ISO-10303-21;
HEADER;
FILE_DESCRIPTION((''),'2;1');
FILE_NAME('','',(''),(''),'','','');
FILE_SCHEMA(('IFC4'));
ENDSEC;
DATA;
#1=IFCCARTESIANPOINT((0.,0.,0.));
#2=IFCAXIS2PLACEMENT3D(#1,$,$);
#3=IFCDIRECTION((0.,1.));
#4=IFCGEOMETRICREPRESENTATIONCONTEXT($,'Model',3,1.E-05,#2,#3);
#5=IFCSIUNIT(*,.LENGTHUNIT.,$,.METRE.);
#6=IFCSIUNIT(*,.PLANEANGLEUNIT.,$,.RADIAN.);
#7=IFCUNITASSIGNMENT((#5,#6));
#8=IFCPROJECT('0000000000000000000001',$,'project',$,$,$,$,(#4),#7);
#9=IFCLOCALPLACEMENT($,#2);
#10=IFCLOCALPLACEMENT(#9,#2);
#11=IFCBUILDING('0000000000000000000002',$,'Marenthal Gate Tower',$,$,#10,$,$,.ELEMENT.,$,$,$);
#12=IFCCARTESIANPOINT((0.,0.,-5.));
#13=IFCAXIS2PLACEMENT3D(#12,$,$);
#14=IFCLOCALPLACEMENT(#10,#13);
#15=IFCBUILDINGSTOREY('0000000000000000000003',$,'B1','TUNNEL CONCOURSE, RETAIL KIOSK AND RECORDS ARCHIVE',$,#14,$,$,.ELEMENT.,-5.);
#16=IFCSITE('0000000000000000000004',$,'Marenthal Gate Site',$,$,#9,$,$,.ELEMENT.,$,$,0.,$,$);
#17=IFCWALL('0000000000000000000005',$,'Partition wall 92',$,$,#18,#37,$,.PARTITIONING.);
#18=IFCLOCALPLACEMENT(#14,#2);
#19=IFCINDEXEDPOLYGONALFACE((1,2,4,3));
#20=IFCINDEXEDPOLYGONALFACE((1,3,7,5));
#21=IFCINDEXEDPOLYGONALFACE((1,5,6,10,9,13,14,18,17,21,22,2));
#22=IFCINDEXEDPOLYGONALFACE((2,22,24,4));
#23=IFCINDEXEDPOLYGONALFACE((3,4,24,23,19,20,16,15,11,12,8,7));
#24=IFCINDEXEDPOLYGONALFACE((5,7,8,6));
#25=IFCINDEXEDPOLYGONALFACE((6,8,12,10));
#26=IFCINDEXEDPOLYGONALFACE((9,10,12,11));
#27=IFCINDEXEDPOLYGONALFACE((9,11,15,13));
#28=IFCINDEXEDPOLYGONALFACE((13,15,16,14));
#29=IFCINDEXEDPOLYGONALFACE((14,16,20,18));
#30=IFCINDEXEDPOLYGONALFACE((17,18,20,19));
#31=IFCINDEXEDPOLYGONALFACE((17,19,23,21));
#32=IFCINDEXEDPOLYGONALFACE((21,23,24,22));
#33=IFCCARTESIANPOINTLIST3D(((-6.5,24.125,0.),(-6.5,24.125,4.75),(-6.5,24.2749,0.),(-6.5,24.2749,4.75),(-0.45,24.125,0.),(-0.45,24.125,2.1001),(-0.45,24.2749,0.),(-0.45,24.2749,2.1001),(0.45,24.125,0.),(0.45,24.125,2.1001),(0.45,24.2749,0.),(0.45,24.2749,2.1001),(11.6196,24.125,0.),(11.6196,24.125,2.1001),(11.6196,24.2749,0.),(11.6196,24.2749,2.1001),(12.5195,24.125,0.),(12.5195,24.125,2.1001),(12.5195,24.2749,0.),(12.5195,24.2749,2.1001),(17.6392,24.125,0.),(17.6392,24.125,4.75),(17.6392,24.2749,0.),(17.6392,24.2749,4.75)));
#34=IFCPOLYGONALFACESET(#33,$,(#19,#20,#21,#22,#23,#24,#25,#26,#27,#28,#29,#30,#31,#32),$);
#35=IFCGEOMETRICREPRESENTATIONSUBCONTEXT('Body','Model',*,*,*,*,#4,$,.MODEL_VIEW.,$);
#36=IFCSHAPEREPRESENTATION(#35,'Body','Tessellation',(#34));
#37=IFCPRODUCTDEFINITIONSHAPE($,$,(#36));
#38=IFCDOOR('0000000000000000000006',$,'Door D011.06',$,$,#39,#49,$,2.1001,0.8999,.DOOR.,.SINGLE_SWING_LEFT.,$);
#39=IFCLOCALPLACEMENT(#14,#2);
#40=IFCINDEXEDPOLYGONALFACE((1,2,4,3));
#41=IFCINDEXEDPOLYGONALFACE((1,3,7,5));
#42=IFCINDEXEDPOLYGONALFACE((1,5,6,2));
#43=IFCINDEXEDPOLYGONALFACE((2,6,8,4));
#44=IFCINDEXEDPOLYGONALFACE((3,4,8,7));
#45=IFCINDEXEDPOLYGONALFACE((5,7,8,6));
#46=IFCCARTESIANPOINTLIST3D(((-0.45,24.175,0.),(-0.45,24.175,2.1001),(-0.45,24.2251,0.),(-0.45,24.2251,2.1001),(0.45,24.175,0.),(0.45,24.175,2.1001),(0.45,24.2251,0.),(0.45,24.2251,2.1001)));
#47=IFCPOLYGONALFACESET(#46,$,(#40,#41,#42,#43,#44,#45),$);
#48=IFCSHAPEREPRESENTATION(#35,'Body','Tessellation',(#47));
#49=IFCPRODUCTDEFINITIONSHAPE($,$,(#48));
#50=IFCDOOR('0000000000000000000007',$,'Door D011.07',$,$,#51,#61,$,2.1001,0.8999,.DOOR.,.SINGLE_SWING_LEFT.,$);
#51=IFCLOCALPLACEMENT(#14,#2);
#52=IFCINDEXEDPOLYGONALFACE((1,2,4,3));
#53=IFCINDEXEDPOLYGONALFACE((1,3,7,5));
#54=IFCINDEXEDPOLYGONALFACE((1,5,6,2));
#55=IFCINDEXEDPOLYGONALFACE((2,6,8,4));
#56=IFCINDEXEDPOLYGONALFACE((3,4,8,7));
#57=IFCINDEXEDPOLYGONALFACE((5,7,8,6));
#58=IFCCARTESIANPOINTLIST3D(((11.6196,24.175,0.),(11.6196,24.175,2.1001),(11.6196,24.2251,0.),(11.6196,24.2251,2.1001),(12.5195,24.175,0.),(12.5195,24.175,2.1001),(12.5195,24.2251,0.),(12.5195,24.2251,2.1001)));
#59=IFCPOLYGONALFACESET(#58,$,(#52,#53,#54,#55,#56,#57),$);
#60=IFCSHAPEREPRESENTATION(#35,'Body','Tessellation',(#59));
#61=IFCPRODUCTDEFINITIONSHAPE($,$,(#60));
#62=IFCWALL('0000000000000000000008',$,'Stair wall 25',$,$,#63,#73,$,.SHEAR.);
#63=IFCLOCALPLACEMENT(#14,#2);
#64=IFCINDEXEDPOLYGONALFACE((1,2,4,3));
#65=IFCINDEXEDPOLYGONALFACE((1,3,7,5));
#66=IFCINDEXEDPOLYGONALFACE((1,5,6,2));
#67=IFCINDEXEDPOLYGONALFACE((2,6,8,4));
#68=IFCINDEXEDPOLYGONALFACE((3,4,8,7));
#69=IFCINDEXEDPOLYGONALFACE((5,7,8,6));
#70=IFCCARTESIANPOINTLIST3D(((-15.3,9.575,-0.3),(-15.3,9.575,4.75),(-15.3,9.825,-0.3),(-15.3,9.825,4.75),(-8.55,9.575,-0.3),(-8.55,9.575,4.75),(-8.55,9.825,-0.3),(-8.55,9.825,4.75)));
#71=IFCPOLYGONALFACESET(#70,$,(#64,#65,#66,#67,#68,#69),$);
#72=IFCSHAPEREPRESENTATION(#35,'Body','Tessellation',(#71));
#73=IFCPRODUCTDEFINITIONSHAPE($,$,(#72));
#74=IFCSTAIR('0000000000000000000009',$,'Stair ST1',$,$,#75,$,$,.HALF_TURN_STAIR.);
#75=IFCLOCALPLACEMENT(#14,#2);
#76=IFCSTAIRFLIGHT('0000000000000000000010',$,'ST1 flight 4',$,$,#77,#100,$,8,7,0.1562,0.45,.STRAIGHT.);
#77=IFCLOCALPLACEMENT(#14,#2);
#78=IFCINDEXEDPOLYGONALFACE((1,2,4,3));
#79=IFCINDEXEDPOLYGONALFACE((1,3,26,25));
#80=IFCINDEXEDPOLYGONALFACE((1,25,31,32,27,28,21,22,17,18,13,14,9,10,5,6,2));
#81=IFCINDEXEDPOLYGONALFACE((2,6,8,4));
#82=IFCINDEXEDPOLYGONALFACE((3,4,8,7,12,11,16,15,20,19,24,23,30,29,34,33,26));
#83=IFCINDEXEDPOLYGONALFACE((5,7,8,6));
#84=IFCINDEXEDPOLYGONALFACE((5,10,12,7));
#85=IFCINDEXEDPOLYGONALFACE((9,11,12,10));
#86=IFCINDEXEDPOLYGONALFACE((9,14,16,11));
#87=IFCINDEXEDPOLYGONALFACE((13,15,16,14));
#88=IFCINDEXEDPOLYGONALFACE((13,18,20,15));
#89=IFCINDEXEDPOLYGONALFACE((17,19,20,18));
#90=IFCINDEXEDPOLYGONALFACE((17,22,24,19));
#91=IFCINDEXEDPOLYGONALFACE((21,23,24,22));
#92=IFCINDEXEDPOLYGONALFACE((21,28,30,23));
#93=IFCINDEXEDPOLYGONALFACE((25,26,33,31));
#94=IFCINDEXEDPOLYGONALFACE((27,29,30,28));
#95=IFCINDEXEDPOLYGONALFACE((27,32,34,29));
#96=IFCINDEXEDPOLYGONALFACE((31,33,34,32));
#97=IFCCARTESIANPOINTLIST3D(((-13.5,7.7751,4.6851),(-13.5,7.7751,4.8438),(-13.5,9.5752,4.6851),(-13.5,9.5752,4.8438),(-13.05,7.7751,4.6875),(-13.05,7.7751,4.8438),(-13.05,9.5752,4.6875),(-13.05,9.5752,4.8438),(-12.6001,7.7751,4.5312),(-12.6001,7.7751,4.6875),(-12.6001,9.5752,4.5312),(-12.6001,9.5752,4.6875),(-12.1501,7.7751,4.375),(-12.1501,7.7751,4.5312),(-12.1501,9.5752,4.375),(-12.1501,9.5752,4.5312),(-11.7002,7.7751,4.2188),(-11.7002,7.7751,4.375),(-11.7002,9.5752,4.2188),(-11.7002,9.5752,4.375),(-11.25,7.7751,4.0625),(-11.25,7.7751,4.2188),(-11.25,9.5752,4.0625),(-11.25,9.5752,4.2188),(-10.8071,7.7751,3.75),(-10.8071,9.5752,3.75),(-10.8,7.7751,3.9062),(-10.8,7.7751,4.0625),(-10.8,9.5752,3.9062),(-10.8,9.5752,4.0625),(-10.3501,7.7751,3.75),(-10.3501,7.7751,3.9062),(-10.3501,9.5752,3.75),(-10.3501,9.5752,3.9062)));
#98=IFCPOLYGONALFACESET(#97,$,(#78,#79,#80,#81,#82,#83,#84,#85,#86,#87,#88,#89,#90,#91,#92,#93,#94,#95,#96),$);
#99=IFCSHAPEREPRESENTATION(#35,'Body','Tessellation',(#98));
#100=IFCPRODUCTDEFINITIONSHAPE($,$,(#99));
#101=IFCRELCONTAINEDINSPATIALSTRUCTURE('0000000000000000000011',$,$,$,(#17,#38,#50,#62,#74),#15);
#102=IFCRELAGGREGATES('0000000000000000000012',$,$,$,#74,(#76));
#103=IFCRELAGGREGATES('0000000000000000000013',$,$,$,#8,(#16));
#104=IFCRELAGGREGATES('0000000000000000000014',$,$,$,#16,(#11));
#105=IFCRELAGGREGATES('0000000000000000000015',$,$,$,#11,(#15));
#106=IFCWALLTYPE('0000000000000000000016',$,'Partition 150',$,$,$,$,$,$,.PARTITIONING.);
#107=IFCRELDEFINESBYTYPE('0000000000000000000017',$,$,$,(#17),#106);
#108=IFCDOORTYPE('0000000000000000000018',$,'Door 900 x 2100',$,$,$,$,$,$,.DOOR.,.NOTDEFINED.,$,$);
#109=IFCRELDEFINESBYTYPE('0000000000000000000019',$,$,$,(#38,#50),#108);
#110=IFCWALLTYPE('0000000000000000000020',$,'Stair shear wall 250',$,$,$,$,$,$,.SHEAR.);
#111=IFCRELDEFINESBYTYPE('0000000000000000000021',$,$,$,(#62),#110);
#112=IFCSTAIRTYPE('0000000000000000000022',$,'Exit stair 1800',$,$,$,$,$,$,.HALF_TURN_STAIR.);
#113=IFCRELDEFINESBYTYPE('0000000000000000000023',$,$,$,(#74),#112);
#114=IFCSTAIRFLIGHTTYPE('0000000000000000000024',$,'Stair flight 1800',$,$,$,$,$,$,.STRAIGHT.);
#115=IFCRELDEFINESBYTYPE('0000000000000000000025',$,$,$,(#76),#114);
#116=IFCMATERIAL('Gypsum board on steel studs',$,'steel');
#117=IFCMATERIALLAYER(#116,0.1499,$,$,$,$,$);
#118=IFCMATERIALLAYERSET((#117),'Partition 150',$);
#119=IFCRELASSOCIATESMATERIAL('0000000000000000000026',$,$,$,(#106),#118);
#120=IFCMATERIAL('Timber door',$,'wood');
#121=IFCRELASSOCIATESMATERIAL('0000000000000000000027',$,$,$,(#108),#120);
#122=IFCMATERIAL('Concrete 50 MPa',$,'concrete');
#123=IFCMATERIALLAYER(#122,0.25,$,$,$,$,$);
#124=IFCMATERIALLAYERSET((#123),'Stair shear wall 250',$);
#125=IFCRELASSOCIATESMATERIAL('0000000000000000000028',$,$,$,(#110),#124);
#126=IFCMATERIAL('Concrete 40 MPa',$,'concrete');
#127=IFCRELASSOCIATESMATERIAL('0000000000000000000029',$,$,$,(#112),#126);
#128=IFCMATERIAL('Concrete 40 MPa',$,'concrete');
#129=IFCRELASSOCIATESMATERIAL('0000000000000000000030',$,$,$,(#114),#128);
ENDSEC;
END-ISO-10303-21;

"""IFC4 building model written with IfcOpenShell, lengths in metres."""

from ifc_helpers import new_model, si_unit, direction, frame, frame_2d, origin, place, context, subcontext, project, spatial, polyline, rectangle, outline, extrude, material, layer, layer_set, type_object, element, fill, aggregate, save


model = new_model("IFC4")

# Units and contexts
model_context = context("Model", 3, precision=1e-05, world=origin(), true_north=direction((0.0, 1.0)))
body_context = subcontext(model_context, "Body", "Model", "MODEL_VIEW")
ifc_project = project(units=[si_unit("LENGTHUNIT", "METRE"), si_unit("PLANEANGLEUNIT", "RADIAN")], contexts=[model_context])

# Site, building, storey
site_placement = place(None, origin())
site = spatial("IfcSite", under=ifc_project, at=site_placement, Name="Marenthal Gate Site", CompositionType="ELEMENT", RefElevation=0.0)
building_placement = place(site_placement, origin())
building = spatial("IfcBuilding", under=site, at=building_placement, Name="Marenthal Gate Tower", CompositionType="ELEMENT")
storey_placement = place(building_placement, frame((0.0, 0.0, -5.0)))
storey = spatial("IfcBuildingStorey", under=building, at=storey_placement, Name="B1", Description="TUNNEL CONCOURSE, RETAIL KIOSK AND RECORDS ARCHIVE", CompositionType="ELEMENT", Elevation=-5.0)

# Shared definitions
ifc_material_1 = material(Name="Gypsum board on steel studs", Category="steel")
ifc_layer_1 = layer(ifc_material_1, 0.1499)
ifc_layer_set_1 = layer_set([ifc_layer_1], Name="Partition 150")
wall_type_1 = type_object("IfcWallType", Name="Partition 150", PredefinedType="PARTITIONING", material=ifc_layer_set_1)

# Wall, openings, doors
wall_1_placement = place(storey_placement, frame((-6.5, 24.2, 0.0), z_axis=(0.0, 0.0, 1.0), x_axis=(1.0, 0.0, 0.0)))
wall_1 = element("IfcWall", 1, at=wall_1_placement, inside=storey, type_object=wall_type_1, Name="Partition wall 92", PredefinedType="PARTITIONING", context=body_context, shape_type="SweptSolid", body=[
    extrude(rectangle(XDim=24.1392, YDim=0.1499, at=frame_2d((12.0696, 0.0))), origin(), (0.0, 0.0, 1.0), 4.75),
])
opening_1_placement = place(wall_1_placement, frame((6.05, 0.0, 0.0)))
opening_1 = element("IfcOpeningElement", 2, at=opening_1_placement, cuts=wall_1, PredefinedType="OPENING", context=body_context, shape_type="SweptSolid", body=[
    extrude(rectangle(XDim=0.8999, YDim=2.1001, at=frame_2d((0.45, 1.05))), frame((0.0, 0.085, 0.0), z_axis=(0.0, -1.0, 0.0), x_axis=(1.0, 0.0, 0.0)), (0.0, 0.0, 1.0), 0.1699),
])
opening_2_placement = place(wall_1_placement, frame((18.1196, 0.0, 0.0)))
opening_2 = element("IfcOpeningElement", 3, at=opening_2_placement, cuts=wall_1, PredefinedType="OPENING", context=body_context, shape_type="SweptSolid", body=[
    extrude(rectangle(XDim=0.8999, YDim=2.1001, at=frame_2d((0.45, 1.05))), frame((0.0, 0.085, 0.0), z_axis=(0.0, -1.0, 0.0), x_axis=(1.0, 0.0, 0.0)), (0.0, 0.0, 1.0), 0.1699),
])
ifc_material_2 = material(Name="Timber door", Category="wood")
door_type_1 = type_object("IfcDoorType", Name="Door 900 x 2100", OperationType="NOTDEFINED", PredefinedType="DOOR", material=ifc_material_2)
door_1_placement = place(opening_1_placement, frame((0.8999, 0.0, 0.0), z_axis=(0.0, 0.0, 1.0), x_axis=(-1.0, 0.0, 0.0)))
door_1 = element("IfcDoor", 4, at=door_1_placement, inside=storey, type_object=door_type_1, Name="Door D011.06", OperationType="SINGLE_SWING_LEFT", OverallHeight=2.1001, OverallWidth=0.8999, PredefinedType="DOOR", context=body_context, shape_type="SweptSolid", body=[
    extrude(rectangle(XDim=0.8999, YDim=2.1001, at=frame_2d((0.45, 1.05))), frame((0.0, 0.0249, 0.0), z_axis=(0.0, -1.0, 0.0), x_axis=(1.0, 0.0, 0.0)), (0.0, 0.0, 1.0), 0.05),
])
fill(opening_1, door_1)
door_2_placement = place(opening_2_placement, frame((0.8999, 0.0, 0.0), z_axis=(0.0, 0.0, 1.0), x_axis=(-1.0, 0.0, 0.0)))
door_2 = element("IfcDoor", 5, at=door_2_placement, inside=storey, type_object=door_type_1, Name="Door D011.07", OperationType="SINGLE_SWING_LEFT", OverallHeight=2.1001, OverallWidth=0.8999, PredefinedType="DOOR", context=body_context, shape_type="SweptSolid", body=[
    extrude(rectangle(XDim=0.8999, YDim=2.1001, at=frame_2d((0.45, 1.05))), frame((0.0, 0.0249, 0.0), z_axis=(0.0, -1.0, 0.0), x_axis=(1.0, 0.0, 0.0)), (0.0, 0.0, 1.0), 0.05),
])
fill(opening_2, door_2)

# Wall
ifc_material_3 = material(Name="Concrete 50 MPa", Category="concrete")
ifc_layer_2 = layer(ifc_material_3, 0.25)
ifc_layer_set_2 = layer_set([ifc_layer_2], Name="Stair shear wall 250")
wall_type_2 = type_object("IfcWallType", Name="Stair shear wall 250", PredefinedType="SHEAR", material=ifc_layer_set_2)
wall_2_placement = place(storey_placement, frame((-15.3, 9.7, -0.3), z_axis=(0.0, 0.0, 1.0), x_axis=(1.0, 0.0, 0.0)))
element("IfcWall", 6, at=wall_2_placement, inside=storey, type_object=wall_type_2, Name="Stair wall 25", PredefinedType="SHEAR", context=body_context, shape_type="SweptSolid", body=[
    extrude(rectangle(XDim=6.75, YDim=0.25, at=frame_2d((3.375, 0.0))), origin(), (0.0, 0.0, 1.0), 5.05),
])

# Stair, stair flight
ifc_material_4 = material(Name="Concrete 40 MPa", Category="concrete")
stair_type = type_object("IfcStairType", Name="Exit stair 1800", PredefinedType="HALF_TURN_STAIR", material=ifc_material_4)
stair_placement = place(storey_placement, origin())
stair = element("IfcStair", 7, at=stair_placement, inside=storey, type_object=stair_type, Name="Stair ST1", PredefinedType="HALF_TURN_STAIR")
ifc_material_5 = material(Name="Concrete 40 MPa", Category="concrete")
stair_flight_type = type_object("IfcStairFlightType", Name="Stair flight 1800", PredefinedType="STRAIGHT", material=ifc_material_5)
stair_flight_placement = place(storey_placement, frame((-10.3501, 8.675, 3.75), z_axis=(0.0, 0.0, 1.0), x_axis=(-1.0, 0.0, 0.0)))
stair_flight = element("IfcStairFlight", 8, at=stair_flight_placement, type_object=stair_flight_type, Name="ST1 flight 4", NumberOfRisers=8, NumberOfTreads=7, PredefinedType="STRAIGHT", RiserHeight=0.1562, TreadLength=0.45, context=body_context, shape_type="SweptSolid", body=[
    extrude(outline(polyline([(0.0, 0.0), (0.0, 0.1562), (0.45, 0.1562), (0.45, 0.3125), (0.8999, 0.3125), (0.8999, 0.4688), (1.3501, 0.4688), (1.3501, 0.625), (1.8, 0.625), (1.8, 0.7812), (2.25, 0.7812), (2.25, 0.9375), (2.7, 0.9375), (2.7, 1.0938), (3.1499, 1.0938), (3.1499, 1.25), (3.1499, 0.9351), (0.457, 0.0), (0.0, 0.0)])), frame((0.0, 0.8999, 0.0), z_axis=(0.0, -1.0, 0.0), x_axis=(1.0, 0.0, 0.0)), (0.0, 0.0, 1.0), 1.8),
])
aggregate(stair, [stair_flight])

save(model, "model.ifc")
